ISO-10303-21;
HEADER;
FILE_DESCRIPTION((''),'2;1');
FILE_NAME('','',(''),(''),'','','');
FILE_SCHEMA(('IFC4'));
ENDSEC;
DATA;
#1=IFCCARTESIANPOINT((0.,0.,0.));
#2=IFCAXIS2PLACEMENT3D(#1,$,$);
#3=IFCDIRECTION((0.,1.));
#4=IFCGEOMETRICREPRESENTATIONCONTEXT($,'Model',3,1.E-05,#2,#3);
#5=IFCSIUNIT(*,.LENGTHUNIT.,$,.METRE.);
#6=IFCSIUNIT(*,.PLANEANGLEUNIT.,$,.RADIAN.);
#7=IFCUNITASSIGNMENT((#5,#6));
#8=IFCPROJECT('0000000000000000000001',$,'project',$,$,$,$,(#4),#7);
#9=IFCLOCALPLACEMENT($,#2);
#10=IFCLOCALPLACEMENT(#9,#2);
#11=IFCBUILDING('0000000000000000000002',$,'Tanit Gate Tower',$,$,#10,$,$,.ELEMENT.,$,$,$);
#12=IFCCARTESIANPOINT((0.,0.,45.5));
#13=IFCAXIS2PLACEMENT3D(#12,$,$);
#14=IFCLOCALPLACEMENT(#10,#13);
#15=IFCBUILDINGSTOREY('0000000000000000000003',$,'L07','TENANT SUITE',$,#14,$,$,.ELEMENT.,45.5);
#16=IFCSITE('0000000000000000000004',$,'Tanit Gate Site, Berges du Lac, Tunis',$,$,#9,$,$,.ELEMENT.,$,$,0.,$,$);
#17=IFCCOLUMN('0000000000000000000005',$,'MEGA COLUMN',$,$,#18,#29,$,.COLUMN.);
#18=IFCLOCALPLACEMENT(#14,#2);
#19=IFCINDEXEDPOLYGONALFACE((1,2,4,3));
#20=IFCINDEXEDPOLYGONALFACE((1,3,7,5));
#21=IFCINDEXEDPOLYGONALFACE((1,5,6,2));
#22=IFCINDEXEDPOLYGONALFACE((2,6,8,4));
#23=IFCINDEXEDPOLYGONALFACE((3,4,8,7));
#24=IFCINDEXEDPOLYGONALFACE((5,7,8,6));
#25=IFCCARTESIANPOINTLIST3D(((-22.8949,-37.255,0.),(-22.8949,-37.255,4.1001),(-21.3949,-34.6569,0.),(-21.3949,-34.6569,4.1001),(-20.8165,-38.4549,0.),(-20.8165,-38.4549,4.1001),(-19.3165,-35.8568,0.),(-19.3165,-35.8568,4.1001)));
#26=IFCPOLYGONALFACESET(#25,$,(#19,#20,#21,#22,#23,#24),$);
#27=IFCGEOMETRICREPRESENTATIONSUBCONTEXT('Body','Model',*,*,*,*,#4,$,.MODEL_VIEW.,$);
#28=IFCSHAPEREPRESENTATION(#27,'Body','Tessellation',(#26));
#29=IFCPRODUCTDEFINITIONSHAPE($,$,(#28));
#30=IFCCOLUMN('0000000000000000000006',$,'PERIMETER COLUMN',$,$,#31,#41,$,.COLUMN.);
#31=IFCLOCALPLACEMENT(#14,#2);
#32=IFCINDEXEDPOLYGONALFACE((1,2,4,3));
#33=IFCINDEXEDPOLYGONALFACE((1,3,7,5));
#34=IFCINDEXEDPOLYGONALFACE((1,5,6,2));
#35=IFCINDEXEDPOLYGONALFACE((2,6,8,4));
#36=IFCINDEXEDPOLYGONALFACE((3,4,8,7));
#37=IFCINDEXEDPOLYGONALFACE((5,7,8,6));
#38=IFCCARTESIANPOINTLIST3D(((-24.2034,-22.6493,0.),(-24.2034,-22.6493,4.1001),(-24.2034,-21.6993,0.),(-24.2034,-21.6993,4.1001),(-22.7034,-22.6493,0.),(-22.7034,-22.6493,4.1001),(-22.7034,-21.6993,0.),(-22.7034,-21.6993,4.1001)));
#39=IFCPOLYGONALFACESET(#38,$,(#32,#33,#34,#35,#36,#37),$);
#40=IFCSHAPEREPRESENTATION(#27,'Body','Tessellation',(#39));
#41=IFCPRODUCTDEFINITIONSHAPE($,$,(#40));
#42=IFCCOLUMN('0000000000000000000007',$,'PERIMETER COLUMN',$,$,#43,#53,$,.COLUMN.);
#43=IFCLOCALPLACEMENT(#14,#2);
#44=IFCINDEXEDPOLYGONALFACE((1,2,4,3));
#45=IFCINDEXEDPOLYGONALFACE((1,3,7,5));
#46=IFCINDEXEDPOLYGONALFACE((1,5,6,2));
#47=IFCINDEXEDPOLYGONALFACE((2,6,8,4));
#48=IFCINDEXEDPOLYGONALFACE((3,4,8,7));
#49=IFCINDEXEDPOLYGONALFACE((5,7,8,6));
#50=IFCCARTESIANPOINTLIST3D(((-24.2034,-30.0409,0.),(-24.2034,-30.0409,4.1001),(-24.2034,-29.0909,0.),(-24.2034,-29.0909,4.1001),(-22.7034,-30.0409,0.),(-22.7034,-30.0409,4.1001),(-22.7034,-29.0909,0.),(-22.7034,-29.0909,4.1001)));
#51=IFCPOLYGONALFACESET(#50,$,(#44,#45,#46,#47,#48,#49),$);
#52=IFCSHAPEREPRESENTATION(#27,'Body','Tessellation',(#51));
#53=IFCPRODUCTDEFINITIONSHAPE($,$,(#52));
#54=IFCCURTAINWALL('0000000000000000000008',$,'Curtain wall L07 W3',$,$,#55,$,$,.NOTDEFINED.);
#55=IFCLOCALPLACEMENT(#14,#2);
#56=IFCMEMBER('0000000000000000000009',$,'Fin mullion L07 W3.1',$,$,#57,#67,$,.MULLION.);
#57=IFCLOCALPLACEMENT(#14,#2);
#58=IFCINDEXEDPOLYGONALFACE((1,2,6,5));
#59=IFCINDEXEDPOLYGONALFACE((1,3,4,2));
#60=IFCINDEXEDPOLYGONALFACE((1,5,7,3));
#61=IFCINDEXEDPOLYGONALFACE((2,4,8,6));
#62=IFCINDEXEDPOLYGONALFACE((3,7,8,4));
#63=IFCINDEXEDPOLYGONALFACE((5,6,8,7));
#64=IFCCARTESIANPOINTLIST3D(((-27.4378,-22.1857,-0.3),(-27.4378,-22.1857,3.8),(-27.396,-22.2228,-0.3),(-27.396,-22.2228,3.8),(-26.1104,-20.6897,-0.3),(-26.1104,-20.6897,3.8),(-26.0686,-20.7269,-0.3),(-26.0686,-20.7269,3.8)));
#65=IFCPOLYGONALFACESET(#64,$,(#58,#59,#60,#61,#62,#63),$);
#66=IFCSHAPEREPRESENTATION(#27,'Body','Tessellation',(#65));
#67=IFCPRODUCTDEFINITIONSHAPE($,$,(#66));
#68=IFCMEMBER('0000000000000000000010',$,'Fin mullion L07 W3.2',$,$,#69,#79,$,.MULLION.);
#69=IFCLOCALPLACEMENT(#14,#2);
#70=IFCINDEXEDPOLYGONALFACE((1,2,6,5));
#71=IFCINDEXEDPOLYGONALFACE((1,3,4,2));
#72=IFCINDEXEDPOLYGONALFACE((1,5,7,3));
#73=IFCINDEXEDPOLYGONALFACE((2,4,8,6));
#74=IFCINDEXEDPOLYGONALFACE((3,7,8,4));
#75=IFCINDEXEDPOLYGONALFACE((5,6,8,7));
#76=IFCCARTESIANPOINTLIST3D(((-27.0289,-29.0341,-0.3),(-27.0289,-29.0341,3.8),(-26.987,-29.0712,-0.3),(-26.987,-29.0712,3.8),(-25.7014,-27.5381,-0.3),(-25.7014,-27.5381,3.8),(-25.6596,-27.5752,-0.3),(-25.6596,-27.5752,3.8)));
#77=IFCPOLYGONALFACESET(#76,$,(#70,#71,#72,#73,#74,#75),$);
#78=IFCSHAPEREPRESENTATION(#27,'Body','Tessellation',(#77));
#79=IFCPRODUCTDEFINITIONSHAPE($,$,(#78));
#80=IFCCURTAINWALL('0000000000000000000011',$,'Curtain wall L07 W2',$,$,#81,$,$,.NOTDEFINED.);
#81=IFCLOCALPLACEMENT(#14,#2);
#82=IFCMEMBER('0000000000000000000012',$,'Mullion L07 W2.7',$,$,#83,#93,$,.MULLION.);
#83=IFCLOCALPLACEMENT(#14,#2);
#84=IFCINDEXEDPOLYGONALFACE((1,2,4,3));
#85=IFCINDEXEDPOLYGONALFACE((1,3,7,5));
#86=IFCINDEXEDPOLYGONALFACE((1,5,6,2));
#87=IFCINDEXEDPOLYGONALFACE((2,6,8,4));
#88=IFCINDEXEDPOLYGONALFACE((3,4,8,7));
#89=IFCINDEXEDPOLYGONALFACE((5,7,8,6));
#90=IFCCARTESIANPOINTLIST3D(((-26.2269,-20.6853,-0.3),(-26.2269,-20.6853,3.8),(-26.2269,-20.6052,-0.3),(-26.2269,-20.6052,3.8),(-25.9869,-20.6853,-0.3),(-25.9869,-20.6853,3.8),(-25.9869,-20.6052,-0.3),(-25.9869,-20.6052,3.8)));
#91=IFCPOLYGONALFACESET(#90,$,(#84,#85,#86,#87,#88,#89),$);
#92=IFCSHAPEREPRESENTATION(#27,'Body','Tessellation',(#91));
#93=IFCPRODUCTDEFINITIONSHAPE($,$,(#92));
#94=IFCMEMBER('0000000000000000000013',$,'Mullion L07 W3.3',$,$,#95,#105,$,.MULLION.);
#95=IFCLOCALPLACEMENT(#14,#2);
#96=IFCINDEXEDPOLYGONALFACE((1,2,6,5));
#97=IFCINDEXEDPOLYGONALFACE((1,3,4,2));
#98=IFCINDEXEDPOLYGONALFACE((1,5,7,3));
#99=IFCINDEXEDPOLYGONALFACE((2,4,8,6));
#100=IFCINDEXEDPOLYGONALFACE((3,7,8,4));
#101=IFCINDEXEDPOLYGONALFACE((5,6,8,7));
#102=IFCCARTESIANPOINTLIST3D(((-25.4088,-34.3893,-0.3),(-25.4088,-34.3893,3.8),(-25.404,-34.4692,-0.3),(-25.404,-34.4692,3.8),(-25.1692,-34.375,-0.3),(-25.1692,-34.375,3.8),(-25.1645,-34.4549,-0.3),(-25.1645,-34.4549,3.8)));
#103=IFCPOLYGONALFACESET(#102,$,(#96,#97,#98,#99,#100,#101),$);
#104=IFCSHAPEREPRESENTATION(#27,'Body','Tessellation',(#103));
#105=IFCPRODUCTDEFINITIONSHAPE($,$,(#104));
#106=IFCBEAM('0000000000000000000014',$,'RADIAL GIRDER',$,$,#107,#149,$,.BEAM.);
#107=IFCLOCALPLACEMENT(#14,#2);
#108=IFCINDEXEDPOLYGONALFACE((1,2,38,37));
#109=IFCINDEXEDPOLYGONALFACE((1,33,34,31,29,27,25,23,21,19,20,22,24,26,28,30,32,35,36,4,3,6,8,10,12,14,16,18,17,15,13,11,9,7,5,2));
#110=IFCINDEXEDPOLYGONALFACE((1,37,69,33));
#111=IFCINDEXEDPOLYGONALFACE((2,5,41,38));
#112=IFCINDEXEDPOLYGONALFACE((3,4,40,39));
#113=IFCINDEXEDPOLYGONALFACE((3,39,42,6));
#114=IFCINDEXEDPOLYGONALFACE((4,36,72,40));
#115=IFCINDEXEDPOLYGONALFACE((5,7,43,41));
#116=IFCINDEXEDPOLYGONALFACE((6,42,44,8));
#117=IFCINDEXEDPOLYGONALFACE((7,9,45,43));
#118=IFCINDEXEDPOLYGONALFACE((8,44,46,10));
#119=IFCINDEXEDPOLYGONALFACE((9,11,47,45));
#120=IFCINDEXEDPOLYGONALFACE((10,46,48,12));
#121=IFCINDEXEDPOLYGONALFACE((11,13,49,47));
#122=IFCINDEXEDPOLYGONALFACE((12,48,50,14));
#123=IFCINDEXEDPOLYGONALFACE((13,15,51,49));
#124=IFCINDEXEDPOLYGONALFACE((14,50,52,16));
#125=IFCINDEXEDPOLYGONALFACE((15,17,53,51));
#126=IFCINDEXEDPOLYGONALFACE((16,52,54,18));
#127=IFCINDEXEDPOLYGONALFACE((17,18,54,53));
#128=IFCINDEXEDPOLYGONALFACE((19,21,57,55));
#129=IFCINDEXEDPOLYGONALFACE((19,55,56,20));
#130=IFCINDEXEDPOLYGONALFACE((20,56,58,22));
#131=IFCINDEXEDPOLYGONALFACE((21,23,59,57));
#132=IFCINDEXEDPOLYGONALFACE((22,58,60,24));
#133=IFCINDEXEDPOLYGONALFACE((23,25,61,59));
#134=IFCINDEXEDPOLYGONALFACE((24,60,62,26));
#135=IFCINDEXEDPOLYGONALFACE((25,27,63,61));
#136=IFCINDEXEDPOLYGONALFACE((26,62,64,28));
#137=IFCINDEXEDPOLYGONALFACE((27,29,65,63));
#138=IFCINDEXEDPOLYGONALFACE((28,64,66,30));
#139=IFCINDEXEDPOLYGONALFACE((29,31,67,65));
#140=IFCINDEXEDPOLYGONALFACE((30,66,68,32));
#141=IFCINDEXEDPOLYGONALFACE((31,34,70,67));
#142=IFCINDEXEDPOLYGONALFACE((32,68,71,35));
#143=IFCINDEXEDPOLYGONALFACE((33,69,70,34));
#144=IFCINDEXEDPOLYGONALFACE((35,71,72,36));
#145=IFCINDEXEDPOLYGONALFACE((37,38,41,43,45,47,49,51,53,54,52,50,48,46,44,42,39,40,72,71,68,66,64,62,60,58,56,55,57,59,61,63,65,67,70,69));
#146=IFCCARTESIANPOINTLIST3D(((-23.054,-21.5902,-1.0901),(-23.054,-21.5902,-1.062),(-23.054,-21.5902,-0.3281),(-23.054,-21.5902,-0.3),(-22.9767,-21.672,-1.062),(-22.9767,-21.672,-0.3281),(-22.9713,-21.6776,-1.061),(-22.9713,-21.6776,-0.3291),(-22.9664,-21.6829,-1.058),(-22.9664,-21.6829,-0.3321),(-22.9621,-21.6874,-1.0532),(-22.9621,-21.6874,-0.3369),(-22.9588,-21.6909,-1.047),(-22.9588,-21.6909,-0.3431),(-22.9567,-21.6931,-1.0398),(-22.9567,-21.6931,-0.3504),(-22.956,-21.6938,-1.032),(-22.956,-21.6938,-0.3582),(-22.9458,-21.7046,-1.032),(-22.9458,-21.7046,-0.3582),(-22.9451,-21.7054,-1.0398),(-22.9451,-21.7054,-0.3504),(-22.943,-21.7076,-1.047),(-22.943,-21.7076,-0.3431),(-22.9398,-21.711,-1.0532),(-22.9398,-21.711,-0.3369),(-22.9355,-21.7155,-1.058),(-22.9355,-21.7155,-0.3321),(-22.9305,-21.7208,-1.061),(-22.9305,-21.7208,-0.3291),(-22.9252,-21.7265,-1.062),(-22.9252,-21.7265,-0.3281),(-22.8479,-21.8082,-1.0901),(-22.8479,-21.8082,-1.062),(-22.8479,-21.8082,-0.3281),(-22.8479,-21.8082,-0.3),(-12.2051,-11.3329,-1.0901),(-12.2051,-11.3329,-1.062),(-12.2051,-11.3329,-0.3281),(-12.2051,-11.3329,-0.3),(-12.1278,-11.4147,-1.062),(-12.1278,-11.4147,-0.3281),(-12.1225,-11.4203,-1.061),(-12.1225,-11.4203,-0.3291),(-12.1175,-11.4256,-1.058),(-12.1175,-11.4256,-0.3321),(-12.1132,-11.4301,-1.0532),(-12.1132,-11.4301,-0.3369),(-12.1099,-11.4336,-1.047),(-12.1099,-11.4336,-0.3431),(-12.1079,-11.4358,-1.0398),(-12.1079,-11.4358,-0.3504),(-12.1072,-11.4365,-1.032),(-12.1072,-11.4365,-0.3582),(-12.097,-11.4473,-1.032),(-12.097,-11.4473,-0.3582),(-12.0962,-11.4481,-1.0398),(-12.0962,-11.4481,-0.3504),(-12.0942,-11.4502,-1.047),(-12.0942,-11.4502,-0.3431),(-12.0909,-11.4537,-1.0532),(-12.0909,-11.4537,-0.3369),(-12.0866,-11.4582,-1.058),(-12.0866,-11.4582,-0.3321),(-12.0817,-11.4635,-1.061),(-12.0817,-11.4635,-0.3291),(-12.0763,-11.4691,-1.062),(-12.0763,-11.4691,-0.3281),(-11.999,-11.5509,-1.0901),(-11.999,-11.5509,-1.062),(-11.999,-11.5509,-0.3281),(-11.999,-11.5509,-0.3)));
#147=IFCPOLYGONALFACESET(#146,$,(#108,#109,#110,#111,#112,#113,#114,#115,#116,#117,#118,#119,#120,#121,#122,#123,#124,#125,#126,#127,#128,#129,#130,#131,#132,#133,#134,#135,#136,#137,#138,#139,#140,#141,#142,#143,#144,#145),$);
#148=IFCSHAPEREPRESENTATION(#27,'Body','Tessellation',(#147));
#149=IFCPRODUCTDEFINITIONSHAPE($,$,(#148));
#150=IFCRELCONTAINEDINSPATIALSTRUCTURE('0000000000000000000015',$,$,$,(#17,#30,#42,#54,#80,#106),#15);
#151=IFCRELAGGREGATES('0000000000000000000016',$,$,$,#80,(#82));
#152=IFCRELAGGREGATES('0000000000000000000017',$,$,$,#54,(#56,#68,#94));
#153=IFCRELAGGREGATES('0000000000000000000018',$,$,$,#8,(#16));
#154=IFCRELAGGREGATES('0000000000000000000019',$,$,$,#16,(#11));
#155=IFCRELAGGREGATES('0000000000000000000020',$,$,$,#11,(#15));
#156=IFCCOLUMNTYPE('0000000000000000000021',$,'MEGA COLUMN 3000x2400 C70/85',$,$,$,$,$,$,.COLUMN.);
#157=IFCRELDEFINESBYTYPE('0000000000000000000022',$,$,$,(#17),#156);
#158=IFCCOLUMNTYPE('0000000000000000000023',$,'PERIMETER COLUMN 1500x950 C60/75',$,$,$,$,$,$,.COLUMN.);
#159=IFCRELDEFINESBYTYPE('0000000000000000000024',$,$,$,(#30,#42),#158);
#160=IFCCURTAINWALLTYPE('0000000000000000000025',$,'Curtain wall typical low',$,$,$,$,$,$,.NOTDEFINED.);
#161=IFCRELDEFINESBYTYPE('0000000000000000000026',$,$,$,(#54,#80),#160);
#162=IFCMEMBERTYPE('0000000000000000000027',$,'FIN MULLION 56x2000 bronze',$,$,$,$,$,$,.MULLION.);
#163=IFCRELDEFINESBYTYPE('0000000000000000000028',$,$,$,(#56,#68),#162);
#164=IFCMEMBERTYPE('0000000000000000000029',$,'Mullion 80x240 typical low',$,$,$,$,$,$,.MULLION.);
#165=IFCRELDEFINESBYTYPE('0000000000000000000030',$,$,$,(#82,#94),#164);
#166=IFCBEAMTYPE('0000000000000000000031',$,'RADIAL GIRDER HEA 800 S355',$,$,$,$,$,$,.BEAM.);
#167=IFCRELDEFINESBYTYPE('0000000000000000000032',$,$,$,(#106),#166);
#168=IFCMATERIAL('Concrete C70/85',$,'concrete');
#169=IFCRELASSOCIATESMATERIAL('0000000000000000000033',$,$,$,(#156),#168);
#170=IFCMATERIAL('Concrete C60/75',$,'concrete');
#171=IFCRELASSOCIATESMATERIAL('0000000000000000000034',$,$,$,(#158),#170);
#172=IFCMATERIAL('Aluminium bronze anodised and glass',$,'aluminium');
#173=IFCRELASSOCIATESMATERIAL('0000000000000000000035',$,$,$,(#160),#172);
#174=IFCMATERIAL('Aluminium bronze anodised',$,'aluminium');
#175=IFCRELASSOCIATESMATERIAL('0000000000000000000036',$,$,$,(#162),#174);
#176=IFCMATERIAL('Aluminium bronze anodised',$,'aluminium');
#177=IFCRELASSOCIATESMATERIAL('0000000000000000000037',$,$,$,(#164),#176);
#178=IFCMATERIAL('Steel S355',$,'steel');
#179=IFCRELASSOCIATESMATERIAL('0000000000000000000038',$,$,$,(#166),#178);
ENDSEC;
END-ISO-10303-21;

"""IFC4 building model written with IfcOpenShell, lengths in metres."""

from ifc_helpers import new_model, si_unit, direction, frame, origin, origin_2d, place, context, subcontext, project, spatial, rectangle, i_section, extrude, material, material_profile, profile_set, type_object, element, aggregate, save


model = new_model("IFC4")

# Units and contexts
model_context = context("Model", 3, precision=1e-05, world=origin(), true_north=direction((0.0, 1.0)))
body_context = subcontext(model_context, "Body", "Model", "MODEL_VIEW")
ifc_project = project(units=[si_unit("LENGTHUNIT", "METRE"), si_unit("PLANEANGLEUNIT", "RADIAN")], contexts=[model_context])

# Site, building, storey
site_placement = place(None, origin())
site = spatial("IfcSite", under=ifc_project, at=site_placement, Name="Tanit Gate Site, Berges du Lac, Tunis", CompositionType="ELEMENT", RefElevation=0.0)
building_placement = place(site_placement, origin())
building = spatial("IfcBuilding", under=site, at=building_placement, Name="Tanit Gate Tower", CompositionType="ELEMENT")
storey_placement = place(building_placement, frame((0.0, 0.0, 45.5)))
storey = spatial("IfcBuildingStorey", under=building, at=storey_placement, Name="L07", Description="TENANT SUITE", CompositionType="ELEMENT", Elevation=45.5)

# Columns
ifc_material_1 = material(Name="Concrete C70/85", Category="concrete")
ifc_material_profile_1 = material_profile(ifc_material_1, rectangle(XDim=3.0, YDim=2.3999, at=origin_2d()), Name="RC 3000x2400")
ifc_profile_set_1 = profile_set([ifc_material_profile_1], Name="Concrete C70/85")
column_type_1 = type_object("IfcColumnType", Name="MEGA COLUMN 3000x2400 C70/85", PredefinedType="COLUMN", material=ifc_profile_set_1)
column_placement = place(storey_placement, frame((-21.1057, -36.5559, 0.0), z_axis=(0.0, 0.0, 1.0), x_axis=(-0.5, -0.866025, 0.0)))
element("IfcColumn", 1, at=column_placement, inside=storey, type_object=column_type_1, Name="MEGA COLUMN", PredefinedType="COLUMN", context=body_context, shape_type="SweptSolid", body=[
    extrude(rectangle(XDim=3.0, YDim=2.3999, at=origin_2d()), origin(), (0.0, 0.0, 1.0), 4.1001),
])
ifc_material_2 = material(Name="Concrete C60/75", Category="concrete")
ifc_material_profile_2 = material_profile(ifc_material_2, rectangle(XDim=1.5, YDim=0.95, at=origin_2d()), Name="RC 1500x950")
ifc_profile_set_2 = profile_set([ifc_material_profile_2], Name="Concrete C60/75")
column_type_2 = type_object("IfcColumnType", Name="PERIMETER COLUMN 1500x950 C60/75", PredefinedType="COLUMN", material=ifc_profile_set_2)
for number, where, z_axis, x_axis, name in (
    (2, (-23.4534, -22.1743, 0.0), (0.0, 0.0, 1.0), (-1.0, 0.0, 0.0), "PERIMETER COLUMN"),
    (3, (-23.4534, -29.5659, 0.0), (0.0, 0.0, 1.0), (-1.0, 0.0, 0.0), "PERIMETER COLUMN"),
):
    element("IfcColumn", number, at=place(storey_placement, frame(where, z_axis=z_axis, x_axis=x_axis)), inside=storey, type_object=column_type_2, Name=name, PredefinedType="COLUMN", context=body_context, shape_type="SweptSolid", body=[
        extrude(rectangle(XDim=1.5, YDim=0.95, at=origin_2d()), origin(), (0.0, 0.0, 1.0), 4.1001),
    ])

# Curtain wall, members
ifc_material_3 = material(Name="Aluminium bronze anodised and glass", Category="aluminium")
curtain_wall_type = type_object("IfcCurtainWallType", Name="Curtain wall typical low", PredefinedType="NOTDEFINED", material=ifc_material_3)
curtain_wall_1_placement = place(storey_placement, origin())
curtain_wall_1 = element("IfcCurtainWall", 4, at=curtain_wall_1_placement, inside=storey, type_object=curtain_wall_type, Name="Curtain wall L07 W3", PredefinedType="NOTDEFINED")
ifc_material_4 = material(Name="Aluminium bronze anodised", Category="aluminium")
ifc_material_profile_3 = material_profile(ifc_material_4, rectangle(XDim=2.0, YDim=0.0559, at=origin_2d()), Name="56x2000 bronze fin mullion")
ifc_profile_set_3 = profile_set([ifc_material_profile_3], Name="Aluminium bronze anodised")
member_type_1 = type_object("IfcMemberType", Name="FIN MULLION 56x2000 bronze", PredefinedType="MULLION", material=ifc_profile_set_3)
member_1_placement = place(storey_placement, frame((-26.7532, -21.4563, -0.3), z_axis=(0.0, 0.0, 1.0), x_axis=(0.663703, 0.747996, 0.0)))
member_1 = element("IfcMember", 5, at=member_1_placement, type_object=member_type_1, Name="Fin mullion L07 W3.1", PredefinedType="MULLION", context=body_context, shape_type="SweptSolid", body=[
    extrude(rectangle(XDim=2.0, YDim=0.0559, at=origin_2d()), origin(), (0.0, 0.0, 1.0), 4.1001),
])
member_2_placement = place(storey_placement, frame((-26.3442, -28.3047, -0.3), z_axis=(0.0, 0.0, 1.0), x_axis=(0.663703, 0.747996, 0.0)))
member_2 = element("IfcMember", 6, at=member_2_placement, type_object=member_type_1, Name="Fin mullion L07 W3.2", PredefinedType="MULLION", context=body_context, shape_type="SweptSolid", body=[
    extrude(rectangle(XDim=2.0, YDim=0.0559, at=origin_2d()), origin(), (0.0, 0.0, 1.0), 4.1001),
])

# Curtain wall, member
curtain_wall_2_placement = place(storey_placement, origin())
curtain_wall_2 = element("IfcCurtainWall", 7, at=curtain_wall_2_placement, inside=storey, type_object=curtain_wall_type, Name="Curtain wall L07 W2", PredefinedType="NOTDEFINED")
ifc_material_5 = material(Name="Aluminium bronze anodised", Category="aluminium")
ifc_material_profile_4 = material_profile(ifc_material_5, rectangle(XDim=0.24, YDim=0.0801, at=origin_2d()), Name="80x240 bronze mullion")
ifc_profile_set_4 = profile_set([ifc_material_profile_4], Name="Aluminium bronze anodised")
member_type_2 = type_object("IfcMemberType", Name="Mullion 80x240 typical low", PredefinedType="MULLION", material=ifc_profile_set_4)
member_3_placement = place(storey_placement, frame((-26.1069, -20.6453, -0.3), z_axis=(0.0, 0.0, 1.0), x_axis=(1.0, 0.000069, 0.0)))
member_3 = element("IfcMember", 8, at=member_3_placement, type_object=member_type_2, Name="Mullion L07 W2.7", PredefinedType="MULLION", context=body_context, shape_type="SweptSolid", body=[
    extrude(rectangle(XDim=0.24, YDim=0.0801, at=origin_2d()), origin(), (0.0, 0.0, 1.0), 4.1001),
])
aggregate(curtain_wall_2, [member_3])

# Member
member_4_placement = place(storey_placement, frame((-25.2866, -34.4221, -0.3), z_axis=(0.0, 0.0, 1.0), x_axis=(0.998222, 0.059605, 0.0)))
member_4 = element("IfcMember", 9, at=member_4_placement, type_object=member_type_2, Name="Mullion L07 W3.3", PredefinedType="MULLION", context=body_context, shape_type="SweptSolid", body=[
    extrude(rectangle(XDim=0.24, YDim=0.0801, at=origin_2d()), origin(), (0.0, 0.0, 1.0), 4.1001),
])

# Beam
ifc_material_6 = material(Name="Steel S355", Category="steel")
ifc_material_profile_5 = material_profile(ifc_material_6, i_section(OverallWidth=0.3, OverallDepth=0.79, WebThickness=0.0149, FlangeThickness=0.0281, FilletRadius=0.03, at=origin_2d()), Name="HEA 800")
ifc_profile_set_5 = profile_set([ifc_material_profile_5], Name="Steel S355")
beam_type_1 = type_object("IfcBeamType", Name="RADIAL GIRDER HEA 800 S355", PredefinedType="BEAM", material=ifc_profile_set_5)
beam_1_placement = place(storey_placement, frame((-22.9509, -21.6992, -0.6951), z_axis=(0.72664, 0.687019, 0.0), x_axis=(-0.687019, 0.72664, 0.0)))
element("IfcBeam", 10, at=beam_1_placement, inside=storey, type_object=beam_type_1, Name="RADIAL GIRDER", PredefinedType="BEAM", context=body_context, shape_type="SweptSolid", body=[
    extrude(i_section(OverallWidth=0.3, OverallDepth=0.79, WebThickness=0.0149, FlangeThickness=0.0281, FilletRadius=0.03, at=origin_2d()), origin(), (0.0, 0.0, 1.0), 14.9302),
])

aggregate(curtain_wall_1, [member_1, member_2, member_4])

save(model, "model.ifc")
